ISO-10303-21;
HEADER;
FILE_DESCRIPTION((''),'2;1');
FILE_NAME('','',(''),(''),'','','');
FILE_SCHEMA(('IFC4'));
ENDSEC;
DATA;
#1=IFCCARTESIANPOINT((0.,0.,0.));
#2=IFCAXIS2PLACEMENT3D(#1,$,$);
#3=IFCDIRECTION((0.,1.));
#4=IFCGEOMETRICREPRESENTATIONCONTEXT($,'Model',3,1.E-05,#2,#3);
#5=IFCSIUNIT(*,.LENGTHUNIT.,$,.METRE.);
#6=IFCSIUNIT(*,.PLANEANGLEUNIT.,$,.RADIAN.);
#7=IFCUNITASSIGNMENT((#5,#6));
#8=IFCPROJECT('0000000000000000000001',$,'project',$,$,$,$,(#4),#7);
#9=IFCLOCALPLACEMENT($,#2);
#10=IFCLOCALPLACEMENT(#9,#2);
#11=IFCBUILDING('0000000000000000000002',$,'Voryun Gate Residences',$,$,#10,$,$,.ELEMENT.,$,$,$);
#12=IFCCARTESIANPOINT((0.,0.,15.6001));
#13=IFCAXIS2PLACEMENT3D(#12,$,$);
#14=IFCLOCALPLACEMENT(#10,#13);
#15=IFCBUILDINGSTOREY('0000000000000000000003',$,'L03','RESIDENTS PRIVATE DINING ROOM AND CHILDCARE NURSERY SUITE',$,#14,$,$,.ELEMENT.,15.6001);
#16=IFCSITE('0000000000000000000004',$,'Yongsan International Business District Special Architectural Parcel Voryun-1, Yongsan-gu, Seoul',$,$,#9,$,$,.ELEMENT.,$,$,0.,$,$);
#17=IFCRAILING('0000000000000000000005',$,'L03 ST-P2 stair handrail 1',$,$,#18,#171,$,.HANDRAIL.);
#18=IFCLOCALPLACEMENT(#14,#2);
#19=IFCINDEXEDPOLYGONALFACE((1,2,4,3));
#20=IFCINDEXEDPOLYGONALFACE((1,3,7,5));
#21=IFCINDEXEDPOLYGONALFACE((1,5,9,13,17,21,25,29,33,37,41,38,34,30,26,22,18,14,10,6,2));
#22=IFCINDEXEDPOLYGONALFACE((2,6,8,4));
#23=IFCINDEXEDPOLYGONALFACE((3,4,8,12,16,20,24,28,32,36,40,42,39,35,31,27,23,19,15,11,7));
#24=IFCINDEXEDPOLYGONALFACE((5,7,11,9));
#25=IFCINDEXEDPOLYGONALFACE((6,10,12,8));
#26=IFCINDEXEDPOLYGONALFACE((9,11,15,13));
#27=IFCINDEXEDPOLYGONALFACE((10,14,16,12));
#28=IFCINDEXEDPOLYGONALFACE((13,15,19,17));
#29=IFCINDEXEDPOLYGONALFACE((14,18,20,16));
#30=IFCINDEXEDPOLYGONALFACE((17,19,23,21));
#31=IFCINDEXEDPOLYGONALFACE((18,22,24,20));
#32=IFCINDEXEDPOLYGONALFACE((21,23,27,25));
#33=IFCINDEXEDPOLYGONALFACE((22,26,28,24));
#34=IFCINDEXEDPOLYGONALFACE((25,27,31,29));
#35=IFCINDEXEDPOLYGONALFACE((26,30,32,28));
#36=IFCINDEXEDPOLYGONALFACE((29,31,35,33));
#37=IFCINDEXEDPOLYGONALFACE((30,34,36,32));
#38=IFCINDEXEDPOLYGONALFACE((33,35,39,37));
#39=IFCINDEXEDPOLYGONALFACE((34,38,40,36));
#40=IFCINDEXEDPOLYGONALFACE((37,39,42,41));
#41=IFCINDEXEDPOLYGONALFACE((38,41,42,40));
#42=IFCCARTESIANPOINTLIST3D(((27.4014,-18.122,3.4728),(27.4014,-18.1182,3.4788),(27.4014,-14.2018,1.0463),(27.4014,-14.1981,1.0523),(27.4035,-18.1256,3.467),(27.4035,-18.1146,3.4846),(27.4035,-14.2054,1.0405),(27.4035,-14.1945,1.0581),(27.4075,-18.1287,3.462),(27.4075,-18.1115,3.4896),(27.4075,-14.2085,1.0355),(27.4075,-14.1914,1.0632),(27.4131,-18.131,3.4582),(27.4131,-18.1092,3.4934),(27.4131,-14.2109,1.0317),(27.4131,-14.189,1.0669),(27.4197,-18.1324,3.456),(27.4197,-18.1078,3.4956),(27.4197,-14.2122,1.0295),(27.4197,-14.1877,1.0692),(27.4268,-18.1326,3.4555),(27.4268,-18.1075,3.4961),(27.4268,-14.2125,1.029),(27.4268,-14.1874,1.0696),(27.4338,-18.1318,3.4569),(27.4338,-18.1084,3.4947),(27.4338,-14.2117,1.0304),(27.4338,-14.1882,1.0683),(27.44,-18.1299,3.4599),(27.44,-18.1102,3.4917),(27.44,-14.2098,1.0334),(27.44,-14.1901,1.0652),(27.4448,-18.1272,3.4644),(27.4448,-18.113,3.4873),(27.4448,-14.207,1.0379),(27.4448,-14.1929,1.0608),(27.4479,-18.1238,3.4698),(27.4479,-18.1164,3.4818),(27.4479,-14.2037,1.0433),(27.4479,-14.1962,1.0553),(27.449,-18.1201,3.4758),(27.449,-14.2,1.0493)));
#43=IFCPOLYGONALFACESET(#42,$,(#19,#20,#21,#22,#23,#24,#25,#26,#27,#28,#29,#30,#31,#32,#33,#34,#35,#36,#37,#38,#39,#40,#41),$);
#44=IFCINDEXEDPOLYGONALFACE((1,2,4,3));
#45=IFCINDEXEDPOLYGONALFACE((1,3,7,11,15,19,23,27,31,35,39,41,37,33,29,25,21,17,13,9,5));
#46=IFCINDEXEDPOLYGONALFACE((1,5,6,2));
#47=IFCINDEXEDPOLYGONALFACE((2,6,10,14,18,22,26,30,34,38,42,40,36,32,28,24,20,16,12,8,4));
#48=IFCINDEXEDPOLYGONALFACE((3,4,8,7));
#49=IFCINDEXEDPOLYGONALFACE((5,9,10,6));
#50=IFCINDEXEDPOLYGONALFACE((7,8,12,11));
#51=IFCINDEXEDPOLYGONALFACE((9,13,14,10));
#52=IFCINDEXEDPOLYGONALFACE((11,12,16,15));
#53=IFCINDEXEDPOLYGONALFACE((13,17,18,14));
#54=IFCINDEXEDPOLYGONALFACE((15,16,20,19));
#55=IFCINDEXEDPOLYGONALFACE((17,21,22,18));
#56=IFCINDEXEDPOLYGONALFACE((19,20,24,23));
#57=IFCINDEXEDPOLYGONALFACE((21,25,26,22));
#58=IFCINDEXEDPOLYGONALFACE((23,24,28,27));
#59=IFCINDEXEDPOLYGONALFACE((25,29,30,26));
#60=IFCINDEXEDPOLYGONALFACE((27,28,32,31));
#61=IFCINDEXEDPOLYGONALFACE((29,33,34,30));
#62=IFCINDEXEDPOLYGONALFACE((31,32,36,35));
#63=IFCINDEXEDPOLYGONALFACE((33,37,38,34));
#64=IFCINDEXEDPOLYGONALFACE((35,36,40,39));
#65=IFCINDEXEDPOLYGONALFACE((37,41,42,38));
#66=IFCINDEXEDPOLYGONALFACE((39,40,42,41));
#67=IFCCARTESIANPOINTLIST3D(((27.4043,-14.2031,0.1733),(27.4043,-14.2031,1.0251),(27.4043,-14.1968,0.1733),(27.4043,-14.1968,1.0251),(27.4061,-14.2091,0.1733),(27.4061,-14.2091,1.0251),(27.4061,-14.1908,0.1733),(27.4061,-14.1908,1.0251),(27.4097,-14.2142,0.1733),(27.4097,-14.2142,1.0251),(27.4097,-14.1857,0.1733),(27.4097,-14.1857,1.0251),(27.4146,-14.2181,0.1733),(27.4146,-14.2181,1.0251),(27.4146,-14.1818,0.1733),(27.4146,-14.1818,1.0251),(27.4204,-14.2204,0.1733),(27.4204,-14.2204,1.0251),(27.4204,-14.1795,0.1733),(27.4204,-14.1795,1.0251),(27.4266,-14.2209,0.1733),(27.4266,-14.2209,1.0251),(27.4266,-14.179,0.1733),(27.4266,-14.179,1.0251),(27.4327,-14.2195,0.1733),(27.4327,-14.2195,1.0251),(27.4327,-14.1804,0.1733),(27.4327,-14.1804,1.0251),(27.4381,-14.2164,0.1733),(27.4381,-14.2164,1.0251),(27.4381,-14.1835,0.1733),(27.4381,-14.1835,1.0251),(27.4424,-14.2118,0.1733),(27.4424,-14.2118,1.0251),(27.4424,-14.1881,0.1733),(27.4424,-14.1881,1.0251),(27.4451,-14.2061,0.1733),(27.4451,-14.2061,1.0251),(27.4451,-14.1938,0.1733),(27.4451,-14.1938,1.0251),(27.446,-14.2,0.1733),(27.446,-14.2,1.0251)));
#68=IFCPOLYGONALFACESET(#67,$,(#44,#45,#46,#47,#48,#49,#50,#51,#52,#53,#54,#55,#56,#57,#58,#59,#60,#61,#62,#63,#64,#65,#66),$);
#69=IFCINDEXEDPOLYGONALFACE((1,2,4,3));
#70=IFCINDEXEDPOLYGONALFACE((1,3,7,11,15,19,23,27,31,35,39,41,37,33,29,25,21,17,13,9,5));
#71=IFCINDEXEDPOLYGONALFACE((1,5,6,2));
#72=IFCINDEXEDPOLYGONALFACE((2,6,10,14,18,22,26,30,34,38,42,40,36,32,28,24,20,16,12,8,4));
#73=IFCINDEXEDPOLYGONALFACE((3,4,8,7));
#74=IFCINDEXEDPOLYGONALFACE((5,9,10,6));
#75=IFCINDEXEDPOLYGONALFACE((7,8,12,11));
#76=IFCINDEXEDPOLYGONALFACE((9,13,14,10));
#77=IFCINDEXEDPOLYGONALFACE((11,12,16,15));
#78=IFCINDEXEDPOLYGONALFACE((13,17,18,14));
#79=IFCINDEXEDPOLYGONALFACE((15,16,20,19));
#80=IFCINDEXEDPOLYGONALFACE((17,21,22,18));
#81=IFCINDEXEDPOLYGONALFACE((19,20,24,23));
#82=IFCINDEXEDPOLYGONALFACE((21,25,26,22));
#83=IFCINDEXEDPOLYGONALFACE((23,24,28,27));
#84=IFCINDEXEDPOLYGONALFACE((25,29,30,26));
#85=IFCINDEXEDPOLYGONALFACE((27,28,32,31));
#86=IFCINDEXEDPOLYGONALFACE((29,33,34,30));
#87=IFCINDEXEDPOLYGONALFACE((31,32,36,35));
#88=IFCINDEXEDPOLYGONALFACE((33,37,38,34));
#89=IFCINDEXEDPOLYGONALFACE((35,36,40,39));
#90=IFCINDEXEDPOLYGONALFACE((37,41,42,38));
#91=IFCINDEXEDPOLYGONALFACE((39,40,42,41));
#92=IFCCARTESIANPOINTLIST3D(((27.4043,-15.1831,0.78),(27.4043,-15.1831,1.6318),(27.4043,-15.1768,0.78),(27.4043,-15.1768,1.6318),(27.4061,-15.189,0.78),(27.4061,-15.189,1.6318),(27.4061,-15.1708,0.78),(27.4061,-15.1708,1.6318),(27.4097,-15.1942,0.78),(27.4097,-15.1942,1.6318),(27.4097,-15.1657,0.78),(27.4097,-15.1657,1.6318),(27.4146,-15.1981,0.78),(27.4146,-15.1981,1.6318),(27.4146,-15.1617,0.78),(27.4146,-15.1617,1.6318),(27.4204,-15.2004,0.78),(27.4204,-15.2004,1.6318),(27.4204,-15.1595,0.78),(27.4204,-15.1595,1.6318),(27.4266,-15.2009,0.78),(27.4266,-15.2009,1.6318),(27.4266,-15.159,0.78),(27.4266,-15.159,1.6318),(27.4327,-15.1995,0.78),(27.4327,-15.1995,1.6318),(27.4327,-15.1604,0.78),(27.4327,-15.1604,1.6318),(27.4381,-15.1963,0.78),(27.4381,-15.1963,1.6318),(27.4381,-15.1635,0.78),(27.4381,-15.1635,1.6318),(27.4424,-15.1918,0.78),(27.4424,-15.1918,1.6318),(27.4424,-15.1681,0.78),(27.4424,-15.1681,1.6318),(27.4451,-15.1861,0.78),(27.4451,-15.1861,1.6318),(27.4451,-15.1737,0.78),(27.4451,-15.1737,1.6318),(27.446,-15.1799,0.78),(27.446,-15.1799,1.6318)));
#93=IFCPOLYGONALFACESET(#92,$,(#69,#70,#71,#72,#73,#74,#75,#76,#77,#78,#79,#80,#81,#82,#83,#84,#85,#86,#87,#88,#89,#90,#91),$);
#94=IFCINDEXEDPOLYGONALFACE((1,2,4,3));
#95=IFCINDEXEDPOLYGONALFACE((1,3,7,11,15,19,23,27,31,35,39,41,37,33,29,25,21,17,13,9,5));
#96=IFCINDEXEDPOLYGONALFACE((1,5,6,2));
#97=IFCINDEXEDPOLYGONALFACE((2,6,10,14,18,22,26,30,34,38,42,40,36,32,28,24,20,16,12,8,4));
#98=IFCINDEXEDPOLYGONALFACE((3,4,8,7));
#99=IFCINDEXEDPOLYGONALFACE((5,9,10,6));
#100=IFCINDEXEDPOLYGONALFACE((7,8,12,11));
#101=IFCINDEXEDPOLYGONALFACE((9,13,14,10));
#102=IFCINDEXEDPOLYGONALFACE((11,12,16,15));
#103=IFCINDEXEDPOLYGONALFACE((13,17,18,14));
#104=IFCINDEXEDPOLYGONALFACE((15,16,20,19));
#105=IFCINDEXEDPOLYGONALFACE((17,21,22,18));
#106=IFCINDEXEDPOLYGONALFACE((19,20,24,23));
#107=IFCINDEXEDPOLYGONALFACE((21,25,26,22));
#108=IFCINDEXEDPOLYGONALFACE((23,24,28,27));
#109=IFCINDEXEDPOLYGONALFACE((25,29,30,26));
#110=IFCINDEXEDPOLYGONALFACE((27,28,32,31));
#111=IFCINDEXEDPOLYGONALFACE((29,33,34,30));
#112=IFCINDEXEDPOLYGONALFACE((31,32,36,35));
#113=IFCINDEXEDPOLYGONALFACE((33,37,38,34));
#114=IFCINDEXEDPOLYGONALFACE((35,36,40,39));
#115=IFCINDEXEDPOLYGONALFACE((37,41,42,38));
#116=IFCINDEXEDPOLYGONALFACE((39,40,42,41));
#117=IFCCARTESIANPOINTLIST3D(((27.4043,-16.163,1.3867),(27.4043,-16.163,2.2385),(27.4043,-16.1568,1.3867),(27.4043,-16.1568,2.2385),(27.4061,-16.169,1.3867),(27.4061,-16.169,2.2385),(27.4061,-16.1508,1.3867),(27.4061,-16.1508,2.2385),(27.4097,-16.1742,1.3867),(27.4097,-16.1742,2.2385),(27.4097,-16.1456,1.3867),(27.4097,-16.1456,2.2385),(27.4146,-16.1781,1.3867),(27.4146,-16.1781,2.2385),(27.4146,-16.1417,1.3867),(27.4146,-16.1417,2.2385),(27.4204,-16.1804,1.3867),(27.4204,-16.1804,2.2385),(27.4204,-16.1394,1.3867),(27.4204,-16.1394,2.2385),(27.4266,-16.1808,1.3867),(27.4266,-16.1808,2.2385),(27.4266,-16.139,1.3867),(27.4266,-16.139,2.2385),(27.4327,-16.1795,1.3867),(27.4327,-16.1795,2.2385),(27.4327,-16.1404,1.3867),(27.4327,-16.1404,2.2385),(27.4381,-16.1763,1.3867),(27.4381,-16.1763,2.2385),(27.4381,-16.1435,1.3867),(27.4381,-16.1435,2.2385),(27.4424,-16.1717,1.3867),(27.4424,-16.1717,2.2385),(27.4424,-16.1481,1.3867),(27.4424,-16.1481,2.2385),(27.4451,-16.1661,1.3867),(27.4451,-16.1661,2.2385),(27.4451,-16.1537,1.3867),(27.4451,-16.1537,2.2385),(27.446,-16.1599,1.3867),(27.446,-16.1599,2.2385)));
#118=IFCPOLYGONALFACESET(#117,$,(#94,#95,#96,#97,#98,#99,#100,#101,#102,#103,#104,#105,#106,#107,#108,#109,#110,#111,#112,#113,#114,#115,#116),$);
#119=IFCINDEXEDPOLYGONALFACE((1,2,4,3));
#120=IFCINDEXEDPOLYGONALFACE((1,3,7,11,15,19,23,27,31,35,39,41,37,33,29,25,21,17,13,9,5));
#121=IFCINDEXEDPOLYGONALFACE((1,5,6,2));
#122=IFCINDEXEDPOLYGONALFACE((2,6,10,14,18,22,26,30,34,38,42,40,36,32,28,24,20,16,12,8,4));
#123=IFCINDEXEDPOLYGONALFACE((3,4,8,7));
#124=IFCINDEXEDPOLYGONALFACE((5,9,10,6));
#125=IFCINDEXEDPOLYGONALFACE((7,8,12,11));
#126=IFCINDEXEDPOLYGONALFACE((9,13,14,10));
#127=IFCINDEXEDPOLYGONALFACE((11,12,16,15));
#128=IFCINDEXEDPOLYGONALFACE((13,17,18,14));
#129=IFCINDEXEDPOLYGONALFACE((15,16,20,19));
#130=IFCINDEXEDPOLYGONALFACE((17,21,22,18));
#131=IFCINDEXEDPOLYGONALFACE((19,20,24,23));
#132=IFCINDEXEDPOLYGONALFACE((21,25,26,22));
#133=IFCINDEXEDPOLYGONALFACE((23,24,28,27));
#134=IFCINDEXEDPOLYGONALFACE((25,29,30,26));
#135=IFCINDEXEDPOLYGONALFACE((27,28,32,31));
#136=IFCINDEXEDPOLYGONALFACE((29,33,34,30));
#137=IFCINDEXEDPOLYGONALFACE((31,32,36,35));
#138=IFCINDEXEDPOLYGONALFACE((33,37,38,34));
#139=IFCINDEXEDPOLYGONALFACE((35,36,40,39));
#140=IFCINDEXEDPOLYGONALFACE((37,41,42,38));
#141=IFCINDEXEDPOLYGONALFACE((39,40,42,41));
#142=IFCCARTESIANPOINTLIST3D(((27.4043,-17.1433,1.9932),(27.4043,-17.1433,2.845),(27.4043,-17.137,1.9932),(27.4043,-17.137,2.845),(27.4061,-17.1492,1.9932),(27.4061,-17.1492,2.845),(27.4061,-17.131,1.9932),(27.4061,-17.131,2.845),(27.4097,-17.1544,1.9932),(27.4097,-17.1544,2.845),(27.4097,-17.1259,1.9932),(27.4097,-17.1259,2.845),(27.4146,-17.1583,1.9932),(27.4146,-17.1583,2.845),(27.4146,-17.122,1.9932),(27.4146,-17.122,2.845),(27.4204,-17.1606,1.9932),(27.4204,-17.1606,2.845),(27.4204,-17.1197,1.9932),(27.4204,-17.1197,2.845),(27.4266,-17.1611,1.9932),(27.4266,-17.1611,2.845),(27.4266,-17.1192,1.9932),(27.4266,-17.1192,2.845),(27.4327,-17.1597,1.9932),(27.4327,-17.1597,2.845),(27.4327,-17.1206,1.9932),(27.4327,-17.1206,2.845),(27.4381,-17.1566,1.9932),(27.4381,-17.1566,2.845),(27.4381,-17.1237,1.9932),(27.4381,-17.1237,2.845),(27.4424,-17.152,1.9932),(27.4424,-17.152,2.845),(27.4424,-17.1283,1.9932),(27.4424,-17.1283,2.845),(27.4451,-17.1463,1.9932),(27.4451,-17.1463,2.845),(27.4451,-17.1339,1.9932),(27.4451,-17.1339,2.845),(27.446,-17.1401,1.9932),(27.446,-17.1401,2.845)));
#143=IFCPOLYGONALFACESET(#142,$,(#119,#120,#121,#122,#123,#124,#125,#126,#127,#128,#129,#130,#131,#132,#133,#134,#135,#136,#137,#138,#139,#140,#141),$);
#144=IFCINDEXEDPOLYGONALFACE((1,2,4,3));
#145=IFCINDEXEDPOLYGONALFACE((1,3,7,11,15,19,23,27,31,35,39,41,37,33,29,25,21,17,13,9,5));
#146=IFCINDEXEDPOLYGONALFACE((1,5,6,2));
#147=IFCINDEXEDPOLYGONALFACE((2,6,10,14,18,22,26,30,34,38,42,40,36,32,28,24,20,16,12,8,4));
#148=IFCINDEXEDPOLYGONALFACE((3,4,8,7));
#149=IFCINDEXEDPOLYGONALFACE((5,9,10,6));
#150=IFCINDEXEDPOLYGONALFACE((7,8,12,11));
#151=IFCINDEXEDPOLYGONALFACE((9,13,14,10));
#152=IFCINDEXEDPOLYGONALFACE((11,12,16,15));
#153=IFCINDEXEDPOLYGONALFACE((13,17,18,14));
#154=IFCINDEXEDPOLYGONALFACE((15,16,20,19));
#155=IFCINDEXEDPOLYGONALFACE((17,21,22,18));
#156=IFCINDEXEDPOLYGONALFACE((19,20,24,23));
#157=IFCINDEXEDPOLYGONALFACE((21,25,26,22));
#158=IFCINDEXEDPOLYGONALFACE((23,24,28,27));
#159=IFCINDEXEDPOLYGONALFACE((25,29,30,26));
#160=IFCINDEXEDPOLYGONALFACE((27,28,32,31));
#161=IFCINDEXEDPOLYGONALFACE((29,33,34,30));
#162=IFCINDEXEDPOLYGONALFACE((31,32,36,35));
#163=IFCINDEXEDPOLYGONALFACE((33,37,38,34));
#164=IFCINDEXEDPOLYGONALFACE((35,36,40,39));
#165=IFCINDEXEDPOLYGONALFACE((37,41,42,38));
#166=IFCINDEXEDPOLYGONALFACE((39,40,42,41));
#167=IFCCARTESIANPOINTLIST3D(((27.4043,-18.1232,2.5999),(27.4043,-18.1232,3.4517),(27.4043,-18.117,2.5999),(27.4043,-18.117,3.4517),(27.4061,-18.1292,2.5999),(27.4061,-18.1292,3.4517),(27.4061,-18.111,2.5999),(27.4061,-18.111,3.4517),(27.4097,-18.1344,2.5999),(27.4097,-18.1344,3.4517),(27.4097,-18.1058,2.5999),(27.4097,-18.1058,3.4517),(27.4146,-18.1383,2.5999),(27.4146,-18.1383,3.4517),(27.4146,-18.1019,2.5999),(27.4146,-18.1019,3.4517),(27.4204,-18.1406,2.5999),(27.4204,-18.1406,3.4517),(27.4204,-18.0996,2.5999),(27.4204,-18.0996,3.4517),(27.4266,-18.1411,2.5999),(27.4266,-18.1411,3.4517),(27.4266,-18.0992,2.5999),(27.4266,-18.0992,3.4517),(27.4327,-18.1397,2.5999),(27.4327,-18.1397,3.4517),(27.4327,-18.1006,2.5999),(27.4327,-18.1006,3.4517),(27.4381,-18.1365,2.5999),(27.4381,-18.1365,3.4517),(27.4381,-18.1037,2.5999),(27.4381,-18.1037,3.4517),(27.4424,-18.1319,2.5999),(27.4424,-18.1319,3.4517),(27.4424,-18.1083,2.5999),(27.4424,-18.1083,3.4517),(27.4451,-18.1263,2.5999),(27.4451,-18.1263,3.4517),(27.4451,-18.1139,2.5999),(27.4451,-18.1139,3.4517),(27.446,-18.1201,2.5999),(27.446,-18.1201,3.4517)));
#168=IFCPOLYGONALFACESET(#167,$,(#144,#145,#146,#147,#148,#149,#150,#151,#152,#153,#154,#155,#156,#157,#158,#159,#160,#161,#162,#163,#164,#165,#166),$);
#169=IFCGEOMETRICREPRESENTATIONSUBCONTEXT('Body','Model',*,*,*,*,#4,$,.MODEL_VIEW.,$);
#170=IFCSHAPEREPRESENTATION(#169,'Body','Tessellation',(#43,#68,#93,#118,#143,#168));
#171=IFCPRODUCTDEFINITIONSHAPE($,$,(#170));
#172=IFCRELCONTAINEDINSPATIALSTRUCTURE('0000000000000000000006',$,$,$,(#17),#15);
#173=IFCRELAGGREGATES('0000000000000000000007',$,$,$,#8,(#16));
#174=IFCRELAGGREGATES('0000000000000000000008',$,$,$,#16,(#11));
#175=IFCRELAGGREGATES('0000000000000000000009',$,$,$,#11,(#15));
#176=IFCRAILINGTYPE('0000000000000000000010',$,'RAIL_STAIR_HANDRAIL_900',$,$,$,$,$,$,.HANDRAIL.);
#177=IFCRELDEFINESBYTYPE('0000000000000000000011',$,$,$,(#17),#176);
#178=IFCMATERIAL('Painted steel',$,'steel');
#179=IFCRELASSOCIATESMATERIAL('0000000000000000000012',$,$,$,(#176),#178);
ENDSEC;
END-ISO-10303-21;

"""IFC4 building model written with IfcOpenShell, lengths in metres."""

from ifc_helpers import new_model, si_unit, direction, frame, origin, origin_2d, place, context, subcontext, project, spatial, circle, extrude, material, type_object, element, save


model = new_model("IFC4")

# Units and contexts
model_context = context("Model", 3, precision=1e-05, world=origin(), true_north=direction((0.0, 1.0)))
body_context = subcontext(model_context, "Body", "Model", "MODEL_VIEW")
ifc_project = project(units=[si_unit("LENGTHUNIT", "METRE"), si_unit("PLANEANGLEUNIT", "RADIAN")], contexts=[model_context])

# Site, building, storey
site_placement = place(None, origin())
site = spatial("IfcSite", under=ifc_project, at=site_placement, Name="Yongsan International Business District Special Architectural Parcel Voryun-1, Yongsan-gu, Seoul", CompositionType="ELEMENT", RefElevation=0.0)
building_placement = place(site_placement, origin())
building = spatial("IfcBuilding", under=site, at=building_placement, Name="Voryun Gate Residences", CompositionType="ELEMENT")
storey_placement = place(building_placement, frame((0.0, 0.0, 15.6001)))
storey = spatial("IfcBuildingStorey", under=building, at=storey_placement, Name="L03", Description="RESIDENTS PRIVATE DINING ROOM AND CHILDCARE NURSERY SUITE", CompositionType="ELEMENT", Elevation=15.6001)

# Railing
ifc_material_1 = material(Name="Painted steel", Category="steel")
railing_type_1 = type_object("IfcRailingType", Name="RAIL_STAIR_HANDRAIL_900", PredefinedType="HANDRAIL", material=ifc_material_1)
railing_1_placement = place(storey_placement, frame((27.425, -14.2, 0.1733)))
element("IfcRailing", 1, at=railing_1_placement, inside=storey, type_object=railing_type_1, Name="L03 ST-P2 stair handrail 1", PredefinedType="HANDRAIL", context=body_context, shape_type="SweptSolid", body=[
    extrude(circle(Radius=0.0239, at=origin_2d()), frame((0.0, 0.0, 0.876), z_axis=(0.0, -0.85029, 0.526315), x_axis=(1.0, 0.0, 0.0)), (0.0, 0.0, 1.0), 4.6104),
    extrude(circle(Radius=0.021, at=origin_2d()), origin(), (0.0, 0.0, 1.0), 0.8518),
    extrude(circle(Radius=0.021, at=origin_2d()), frame((0.0, -0.98, 0.6067)), (0.0, 0.0, 1.0), 0.8518),
    extrude(circle(Radius=0.021, at=origin_2d()), frame((0.0, -1.96, 1.2134)), (0.0, 0.0, 1.0), 0.8518),
    extrude(circle(Radius=0.021, at=origin_2d()), frame((0.0, -2.9402, 1.8198)), (0.0, 0.0, 1.0), 0.8518),
    extrude(circle(Radius=0.021, at=origin_2d()), frame((0.0, -3.9202, 2.4265)), (0.0, 0.0, 1.0), 0.8518),
])

save(model, "model.ifc")
